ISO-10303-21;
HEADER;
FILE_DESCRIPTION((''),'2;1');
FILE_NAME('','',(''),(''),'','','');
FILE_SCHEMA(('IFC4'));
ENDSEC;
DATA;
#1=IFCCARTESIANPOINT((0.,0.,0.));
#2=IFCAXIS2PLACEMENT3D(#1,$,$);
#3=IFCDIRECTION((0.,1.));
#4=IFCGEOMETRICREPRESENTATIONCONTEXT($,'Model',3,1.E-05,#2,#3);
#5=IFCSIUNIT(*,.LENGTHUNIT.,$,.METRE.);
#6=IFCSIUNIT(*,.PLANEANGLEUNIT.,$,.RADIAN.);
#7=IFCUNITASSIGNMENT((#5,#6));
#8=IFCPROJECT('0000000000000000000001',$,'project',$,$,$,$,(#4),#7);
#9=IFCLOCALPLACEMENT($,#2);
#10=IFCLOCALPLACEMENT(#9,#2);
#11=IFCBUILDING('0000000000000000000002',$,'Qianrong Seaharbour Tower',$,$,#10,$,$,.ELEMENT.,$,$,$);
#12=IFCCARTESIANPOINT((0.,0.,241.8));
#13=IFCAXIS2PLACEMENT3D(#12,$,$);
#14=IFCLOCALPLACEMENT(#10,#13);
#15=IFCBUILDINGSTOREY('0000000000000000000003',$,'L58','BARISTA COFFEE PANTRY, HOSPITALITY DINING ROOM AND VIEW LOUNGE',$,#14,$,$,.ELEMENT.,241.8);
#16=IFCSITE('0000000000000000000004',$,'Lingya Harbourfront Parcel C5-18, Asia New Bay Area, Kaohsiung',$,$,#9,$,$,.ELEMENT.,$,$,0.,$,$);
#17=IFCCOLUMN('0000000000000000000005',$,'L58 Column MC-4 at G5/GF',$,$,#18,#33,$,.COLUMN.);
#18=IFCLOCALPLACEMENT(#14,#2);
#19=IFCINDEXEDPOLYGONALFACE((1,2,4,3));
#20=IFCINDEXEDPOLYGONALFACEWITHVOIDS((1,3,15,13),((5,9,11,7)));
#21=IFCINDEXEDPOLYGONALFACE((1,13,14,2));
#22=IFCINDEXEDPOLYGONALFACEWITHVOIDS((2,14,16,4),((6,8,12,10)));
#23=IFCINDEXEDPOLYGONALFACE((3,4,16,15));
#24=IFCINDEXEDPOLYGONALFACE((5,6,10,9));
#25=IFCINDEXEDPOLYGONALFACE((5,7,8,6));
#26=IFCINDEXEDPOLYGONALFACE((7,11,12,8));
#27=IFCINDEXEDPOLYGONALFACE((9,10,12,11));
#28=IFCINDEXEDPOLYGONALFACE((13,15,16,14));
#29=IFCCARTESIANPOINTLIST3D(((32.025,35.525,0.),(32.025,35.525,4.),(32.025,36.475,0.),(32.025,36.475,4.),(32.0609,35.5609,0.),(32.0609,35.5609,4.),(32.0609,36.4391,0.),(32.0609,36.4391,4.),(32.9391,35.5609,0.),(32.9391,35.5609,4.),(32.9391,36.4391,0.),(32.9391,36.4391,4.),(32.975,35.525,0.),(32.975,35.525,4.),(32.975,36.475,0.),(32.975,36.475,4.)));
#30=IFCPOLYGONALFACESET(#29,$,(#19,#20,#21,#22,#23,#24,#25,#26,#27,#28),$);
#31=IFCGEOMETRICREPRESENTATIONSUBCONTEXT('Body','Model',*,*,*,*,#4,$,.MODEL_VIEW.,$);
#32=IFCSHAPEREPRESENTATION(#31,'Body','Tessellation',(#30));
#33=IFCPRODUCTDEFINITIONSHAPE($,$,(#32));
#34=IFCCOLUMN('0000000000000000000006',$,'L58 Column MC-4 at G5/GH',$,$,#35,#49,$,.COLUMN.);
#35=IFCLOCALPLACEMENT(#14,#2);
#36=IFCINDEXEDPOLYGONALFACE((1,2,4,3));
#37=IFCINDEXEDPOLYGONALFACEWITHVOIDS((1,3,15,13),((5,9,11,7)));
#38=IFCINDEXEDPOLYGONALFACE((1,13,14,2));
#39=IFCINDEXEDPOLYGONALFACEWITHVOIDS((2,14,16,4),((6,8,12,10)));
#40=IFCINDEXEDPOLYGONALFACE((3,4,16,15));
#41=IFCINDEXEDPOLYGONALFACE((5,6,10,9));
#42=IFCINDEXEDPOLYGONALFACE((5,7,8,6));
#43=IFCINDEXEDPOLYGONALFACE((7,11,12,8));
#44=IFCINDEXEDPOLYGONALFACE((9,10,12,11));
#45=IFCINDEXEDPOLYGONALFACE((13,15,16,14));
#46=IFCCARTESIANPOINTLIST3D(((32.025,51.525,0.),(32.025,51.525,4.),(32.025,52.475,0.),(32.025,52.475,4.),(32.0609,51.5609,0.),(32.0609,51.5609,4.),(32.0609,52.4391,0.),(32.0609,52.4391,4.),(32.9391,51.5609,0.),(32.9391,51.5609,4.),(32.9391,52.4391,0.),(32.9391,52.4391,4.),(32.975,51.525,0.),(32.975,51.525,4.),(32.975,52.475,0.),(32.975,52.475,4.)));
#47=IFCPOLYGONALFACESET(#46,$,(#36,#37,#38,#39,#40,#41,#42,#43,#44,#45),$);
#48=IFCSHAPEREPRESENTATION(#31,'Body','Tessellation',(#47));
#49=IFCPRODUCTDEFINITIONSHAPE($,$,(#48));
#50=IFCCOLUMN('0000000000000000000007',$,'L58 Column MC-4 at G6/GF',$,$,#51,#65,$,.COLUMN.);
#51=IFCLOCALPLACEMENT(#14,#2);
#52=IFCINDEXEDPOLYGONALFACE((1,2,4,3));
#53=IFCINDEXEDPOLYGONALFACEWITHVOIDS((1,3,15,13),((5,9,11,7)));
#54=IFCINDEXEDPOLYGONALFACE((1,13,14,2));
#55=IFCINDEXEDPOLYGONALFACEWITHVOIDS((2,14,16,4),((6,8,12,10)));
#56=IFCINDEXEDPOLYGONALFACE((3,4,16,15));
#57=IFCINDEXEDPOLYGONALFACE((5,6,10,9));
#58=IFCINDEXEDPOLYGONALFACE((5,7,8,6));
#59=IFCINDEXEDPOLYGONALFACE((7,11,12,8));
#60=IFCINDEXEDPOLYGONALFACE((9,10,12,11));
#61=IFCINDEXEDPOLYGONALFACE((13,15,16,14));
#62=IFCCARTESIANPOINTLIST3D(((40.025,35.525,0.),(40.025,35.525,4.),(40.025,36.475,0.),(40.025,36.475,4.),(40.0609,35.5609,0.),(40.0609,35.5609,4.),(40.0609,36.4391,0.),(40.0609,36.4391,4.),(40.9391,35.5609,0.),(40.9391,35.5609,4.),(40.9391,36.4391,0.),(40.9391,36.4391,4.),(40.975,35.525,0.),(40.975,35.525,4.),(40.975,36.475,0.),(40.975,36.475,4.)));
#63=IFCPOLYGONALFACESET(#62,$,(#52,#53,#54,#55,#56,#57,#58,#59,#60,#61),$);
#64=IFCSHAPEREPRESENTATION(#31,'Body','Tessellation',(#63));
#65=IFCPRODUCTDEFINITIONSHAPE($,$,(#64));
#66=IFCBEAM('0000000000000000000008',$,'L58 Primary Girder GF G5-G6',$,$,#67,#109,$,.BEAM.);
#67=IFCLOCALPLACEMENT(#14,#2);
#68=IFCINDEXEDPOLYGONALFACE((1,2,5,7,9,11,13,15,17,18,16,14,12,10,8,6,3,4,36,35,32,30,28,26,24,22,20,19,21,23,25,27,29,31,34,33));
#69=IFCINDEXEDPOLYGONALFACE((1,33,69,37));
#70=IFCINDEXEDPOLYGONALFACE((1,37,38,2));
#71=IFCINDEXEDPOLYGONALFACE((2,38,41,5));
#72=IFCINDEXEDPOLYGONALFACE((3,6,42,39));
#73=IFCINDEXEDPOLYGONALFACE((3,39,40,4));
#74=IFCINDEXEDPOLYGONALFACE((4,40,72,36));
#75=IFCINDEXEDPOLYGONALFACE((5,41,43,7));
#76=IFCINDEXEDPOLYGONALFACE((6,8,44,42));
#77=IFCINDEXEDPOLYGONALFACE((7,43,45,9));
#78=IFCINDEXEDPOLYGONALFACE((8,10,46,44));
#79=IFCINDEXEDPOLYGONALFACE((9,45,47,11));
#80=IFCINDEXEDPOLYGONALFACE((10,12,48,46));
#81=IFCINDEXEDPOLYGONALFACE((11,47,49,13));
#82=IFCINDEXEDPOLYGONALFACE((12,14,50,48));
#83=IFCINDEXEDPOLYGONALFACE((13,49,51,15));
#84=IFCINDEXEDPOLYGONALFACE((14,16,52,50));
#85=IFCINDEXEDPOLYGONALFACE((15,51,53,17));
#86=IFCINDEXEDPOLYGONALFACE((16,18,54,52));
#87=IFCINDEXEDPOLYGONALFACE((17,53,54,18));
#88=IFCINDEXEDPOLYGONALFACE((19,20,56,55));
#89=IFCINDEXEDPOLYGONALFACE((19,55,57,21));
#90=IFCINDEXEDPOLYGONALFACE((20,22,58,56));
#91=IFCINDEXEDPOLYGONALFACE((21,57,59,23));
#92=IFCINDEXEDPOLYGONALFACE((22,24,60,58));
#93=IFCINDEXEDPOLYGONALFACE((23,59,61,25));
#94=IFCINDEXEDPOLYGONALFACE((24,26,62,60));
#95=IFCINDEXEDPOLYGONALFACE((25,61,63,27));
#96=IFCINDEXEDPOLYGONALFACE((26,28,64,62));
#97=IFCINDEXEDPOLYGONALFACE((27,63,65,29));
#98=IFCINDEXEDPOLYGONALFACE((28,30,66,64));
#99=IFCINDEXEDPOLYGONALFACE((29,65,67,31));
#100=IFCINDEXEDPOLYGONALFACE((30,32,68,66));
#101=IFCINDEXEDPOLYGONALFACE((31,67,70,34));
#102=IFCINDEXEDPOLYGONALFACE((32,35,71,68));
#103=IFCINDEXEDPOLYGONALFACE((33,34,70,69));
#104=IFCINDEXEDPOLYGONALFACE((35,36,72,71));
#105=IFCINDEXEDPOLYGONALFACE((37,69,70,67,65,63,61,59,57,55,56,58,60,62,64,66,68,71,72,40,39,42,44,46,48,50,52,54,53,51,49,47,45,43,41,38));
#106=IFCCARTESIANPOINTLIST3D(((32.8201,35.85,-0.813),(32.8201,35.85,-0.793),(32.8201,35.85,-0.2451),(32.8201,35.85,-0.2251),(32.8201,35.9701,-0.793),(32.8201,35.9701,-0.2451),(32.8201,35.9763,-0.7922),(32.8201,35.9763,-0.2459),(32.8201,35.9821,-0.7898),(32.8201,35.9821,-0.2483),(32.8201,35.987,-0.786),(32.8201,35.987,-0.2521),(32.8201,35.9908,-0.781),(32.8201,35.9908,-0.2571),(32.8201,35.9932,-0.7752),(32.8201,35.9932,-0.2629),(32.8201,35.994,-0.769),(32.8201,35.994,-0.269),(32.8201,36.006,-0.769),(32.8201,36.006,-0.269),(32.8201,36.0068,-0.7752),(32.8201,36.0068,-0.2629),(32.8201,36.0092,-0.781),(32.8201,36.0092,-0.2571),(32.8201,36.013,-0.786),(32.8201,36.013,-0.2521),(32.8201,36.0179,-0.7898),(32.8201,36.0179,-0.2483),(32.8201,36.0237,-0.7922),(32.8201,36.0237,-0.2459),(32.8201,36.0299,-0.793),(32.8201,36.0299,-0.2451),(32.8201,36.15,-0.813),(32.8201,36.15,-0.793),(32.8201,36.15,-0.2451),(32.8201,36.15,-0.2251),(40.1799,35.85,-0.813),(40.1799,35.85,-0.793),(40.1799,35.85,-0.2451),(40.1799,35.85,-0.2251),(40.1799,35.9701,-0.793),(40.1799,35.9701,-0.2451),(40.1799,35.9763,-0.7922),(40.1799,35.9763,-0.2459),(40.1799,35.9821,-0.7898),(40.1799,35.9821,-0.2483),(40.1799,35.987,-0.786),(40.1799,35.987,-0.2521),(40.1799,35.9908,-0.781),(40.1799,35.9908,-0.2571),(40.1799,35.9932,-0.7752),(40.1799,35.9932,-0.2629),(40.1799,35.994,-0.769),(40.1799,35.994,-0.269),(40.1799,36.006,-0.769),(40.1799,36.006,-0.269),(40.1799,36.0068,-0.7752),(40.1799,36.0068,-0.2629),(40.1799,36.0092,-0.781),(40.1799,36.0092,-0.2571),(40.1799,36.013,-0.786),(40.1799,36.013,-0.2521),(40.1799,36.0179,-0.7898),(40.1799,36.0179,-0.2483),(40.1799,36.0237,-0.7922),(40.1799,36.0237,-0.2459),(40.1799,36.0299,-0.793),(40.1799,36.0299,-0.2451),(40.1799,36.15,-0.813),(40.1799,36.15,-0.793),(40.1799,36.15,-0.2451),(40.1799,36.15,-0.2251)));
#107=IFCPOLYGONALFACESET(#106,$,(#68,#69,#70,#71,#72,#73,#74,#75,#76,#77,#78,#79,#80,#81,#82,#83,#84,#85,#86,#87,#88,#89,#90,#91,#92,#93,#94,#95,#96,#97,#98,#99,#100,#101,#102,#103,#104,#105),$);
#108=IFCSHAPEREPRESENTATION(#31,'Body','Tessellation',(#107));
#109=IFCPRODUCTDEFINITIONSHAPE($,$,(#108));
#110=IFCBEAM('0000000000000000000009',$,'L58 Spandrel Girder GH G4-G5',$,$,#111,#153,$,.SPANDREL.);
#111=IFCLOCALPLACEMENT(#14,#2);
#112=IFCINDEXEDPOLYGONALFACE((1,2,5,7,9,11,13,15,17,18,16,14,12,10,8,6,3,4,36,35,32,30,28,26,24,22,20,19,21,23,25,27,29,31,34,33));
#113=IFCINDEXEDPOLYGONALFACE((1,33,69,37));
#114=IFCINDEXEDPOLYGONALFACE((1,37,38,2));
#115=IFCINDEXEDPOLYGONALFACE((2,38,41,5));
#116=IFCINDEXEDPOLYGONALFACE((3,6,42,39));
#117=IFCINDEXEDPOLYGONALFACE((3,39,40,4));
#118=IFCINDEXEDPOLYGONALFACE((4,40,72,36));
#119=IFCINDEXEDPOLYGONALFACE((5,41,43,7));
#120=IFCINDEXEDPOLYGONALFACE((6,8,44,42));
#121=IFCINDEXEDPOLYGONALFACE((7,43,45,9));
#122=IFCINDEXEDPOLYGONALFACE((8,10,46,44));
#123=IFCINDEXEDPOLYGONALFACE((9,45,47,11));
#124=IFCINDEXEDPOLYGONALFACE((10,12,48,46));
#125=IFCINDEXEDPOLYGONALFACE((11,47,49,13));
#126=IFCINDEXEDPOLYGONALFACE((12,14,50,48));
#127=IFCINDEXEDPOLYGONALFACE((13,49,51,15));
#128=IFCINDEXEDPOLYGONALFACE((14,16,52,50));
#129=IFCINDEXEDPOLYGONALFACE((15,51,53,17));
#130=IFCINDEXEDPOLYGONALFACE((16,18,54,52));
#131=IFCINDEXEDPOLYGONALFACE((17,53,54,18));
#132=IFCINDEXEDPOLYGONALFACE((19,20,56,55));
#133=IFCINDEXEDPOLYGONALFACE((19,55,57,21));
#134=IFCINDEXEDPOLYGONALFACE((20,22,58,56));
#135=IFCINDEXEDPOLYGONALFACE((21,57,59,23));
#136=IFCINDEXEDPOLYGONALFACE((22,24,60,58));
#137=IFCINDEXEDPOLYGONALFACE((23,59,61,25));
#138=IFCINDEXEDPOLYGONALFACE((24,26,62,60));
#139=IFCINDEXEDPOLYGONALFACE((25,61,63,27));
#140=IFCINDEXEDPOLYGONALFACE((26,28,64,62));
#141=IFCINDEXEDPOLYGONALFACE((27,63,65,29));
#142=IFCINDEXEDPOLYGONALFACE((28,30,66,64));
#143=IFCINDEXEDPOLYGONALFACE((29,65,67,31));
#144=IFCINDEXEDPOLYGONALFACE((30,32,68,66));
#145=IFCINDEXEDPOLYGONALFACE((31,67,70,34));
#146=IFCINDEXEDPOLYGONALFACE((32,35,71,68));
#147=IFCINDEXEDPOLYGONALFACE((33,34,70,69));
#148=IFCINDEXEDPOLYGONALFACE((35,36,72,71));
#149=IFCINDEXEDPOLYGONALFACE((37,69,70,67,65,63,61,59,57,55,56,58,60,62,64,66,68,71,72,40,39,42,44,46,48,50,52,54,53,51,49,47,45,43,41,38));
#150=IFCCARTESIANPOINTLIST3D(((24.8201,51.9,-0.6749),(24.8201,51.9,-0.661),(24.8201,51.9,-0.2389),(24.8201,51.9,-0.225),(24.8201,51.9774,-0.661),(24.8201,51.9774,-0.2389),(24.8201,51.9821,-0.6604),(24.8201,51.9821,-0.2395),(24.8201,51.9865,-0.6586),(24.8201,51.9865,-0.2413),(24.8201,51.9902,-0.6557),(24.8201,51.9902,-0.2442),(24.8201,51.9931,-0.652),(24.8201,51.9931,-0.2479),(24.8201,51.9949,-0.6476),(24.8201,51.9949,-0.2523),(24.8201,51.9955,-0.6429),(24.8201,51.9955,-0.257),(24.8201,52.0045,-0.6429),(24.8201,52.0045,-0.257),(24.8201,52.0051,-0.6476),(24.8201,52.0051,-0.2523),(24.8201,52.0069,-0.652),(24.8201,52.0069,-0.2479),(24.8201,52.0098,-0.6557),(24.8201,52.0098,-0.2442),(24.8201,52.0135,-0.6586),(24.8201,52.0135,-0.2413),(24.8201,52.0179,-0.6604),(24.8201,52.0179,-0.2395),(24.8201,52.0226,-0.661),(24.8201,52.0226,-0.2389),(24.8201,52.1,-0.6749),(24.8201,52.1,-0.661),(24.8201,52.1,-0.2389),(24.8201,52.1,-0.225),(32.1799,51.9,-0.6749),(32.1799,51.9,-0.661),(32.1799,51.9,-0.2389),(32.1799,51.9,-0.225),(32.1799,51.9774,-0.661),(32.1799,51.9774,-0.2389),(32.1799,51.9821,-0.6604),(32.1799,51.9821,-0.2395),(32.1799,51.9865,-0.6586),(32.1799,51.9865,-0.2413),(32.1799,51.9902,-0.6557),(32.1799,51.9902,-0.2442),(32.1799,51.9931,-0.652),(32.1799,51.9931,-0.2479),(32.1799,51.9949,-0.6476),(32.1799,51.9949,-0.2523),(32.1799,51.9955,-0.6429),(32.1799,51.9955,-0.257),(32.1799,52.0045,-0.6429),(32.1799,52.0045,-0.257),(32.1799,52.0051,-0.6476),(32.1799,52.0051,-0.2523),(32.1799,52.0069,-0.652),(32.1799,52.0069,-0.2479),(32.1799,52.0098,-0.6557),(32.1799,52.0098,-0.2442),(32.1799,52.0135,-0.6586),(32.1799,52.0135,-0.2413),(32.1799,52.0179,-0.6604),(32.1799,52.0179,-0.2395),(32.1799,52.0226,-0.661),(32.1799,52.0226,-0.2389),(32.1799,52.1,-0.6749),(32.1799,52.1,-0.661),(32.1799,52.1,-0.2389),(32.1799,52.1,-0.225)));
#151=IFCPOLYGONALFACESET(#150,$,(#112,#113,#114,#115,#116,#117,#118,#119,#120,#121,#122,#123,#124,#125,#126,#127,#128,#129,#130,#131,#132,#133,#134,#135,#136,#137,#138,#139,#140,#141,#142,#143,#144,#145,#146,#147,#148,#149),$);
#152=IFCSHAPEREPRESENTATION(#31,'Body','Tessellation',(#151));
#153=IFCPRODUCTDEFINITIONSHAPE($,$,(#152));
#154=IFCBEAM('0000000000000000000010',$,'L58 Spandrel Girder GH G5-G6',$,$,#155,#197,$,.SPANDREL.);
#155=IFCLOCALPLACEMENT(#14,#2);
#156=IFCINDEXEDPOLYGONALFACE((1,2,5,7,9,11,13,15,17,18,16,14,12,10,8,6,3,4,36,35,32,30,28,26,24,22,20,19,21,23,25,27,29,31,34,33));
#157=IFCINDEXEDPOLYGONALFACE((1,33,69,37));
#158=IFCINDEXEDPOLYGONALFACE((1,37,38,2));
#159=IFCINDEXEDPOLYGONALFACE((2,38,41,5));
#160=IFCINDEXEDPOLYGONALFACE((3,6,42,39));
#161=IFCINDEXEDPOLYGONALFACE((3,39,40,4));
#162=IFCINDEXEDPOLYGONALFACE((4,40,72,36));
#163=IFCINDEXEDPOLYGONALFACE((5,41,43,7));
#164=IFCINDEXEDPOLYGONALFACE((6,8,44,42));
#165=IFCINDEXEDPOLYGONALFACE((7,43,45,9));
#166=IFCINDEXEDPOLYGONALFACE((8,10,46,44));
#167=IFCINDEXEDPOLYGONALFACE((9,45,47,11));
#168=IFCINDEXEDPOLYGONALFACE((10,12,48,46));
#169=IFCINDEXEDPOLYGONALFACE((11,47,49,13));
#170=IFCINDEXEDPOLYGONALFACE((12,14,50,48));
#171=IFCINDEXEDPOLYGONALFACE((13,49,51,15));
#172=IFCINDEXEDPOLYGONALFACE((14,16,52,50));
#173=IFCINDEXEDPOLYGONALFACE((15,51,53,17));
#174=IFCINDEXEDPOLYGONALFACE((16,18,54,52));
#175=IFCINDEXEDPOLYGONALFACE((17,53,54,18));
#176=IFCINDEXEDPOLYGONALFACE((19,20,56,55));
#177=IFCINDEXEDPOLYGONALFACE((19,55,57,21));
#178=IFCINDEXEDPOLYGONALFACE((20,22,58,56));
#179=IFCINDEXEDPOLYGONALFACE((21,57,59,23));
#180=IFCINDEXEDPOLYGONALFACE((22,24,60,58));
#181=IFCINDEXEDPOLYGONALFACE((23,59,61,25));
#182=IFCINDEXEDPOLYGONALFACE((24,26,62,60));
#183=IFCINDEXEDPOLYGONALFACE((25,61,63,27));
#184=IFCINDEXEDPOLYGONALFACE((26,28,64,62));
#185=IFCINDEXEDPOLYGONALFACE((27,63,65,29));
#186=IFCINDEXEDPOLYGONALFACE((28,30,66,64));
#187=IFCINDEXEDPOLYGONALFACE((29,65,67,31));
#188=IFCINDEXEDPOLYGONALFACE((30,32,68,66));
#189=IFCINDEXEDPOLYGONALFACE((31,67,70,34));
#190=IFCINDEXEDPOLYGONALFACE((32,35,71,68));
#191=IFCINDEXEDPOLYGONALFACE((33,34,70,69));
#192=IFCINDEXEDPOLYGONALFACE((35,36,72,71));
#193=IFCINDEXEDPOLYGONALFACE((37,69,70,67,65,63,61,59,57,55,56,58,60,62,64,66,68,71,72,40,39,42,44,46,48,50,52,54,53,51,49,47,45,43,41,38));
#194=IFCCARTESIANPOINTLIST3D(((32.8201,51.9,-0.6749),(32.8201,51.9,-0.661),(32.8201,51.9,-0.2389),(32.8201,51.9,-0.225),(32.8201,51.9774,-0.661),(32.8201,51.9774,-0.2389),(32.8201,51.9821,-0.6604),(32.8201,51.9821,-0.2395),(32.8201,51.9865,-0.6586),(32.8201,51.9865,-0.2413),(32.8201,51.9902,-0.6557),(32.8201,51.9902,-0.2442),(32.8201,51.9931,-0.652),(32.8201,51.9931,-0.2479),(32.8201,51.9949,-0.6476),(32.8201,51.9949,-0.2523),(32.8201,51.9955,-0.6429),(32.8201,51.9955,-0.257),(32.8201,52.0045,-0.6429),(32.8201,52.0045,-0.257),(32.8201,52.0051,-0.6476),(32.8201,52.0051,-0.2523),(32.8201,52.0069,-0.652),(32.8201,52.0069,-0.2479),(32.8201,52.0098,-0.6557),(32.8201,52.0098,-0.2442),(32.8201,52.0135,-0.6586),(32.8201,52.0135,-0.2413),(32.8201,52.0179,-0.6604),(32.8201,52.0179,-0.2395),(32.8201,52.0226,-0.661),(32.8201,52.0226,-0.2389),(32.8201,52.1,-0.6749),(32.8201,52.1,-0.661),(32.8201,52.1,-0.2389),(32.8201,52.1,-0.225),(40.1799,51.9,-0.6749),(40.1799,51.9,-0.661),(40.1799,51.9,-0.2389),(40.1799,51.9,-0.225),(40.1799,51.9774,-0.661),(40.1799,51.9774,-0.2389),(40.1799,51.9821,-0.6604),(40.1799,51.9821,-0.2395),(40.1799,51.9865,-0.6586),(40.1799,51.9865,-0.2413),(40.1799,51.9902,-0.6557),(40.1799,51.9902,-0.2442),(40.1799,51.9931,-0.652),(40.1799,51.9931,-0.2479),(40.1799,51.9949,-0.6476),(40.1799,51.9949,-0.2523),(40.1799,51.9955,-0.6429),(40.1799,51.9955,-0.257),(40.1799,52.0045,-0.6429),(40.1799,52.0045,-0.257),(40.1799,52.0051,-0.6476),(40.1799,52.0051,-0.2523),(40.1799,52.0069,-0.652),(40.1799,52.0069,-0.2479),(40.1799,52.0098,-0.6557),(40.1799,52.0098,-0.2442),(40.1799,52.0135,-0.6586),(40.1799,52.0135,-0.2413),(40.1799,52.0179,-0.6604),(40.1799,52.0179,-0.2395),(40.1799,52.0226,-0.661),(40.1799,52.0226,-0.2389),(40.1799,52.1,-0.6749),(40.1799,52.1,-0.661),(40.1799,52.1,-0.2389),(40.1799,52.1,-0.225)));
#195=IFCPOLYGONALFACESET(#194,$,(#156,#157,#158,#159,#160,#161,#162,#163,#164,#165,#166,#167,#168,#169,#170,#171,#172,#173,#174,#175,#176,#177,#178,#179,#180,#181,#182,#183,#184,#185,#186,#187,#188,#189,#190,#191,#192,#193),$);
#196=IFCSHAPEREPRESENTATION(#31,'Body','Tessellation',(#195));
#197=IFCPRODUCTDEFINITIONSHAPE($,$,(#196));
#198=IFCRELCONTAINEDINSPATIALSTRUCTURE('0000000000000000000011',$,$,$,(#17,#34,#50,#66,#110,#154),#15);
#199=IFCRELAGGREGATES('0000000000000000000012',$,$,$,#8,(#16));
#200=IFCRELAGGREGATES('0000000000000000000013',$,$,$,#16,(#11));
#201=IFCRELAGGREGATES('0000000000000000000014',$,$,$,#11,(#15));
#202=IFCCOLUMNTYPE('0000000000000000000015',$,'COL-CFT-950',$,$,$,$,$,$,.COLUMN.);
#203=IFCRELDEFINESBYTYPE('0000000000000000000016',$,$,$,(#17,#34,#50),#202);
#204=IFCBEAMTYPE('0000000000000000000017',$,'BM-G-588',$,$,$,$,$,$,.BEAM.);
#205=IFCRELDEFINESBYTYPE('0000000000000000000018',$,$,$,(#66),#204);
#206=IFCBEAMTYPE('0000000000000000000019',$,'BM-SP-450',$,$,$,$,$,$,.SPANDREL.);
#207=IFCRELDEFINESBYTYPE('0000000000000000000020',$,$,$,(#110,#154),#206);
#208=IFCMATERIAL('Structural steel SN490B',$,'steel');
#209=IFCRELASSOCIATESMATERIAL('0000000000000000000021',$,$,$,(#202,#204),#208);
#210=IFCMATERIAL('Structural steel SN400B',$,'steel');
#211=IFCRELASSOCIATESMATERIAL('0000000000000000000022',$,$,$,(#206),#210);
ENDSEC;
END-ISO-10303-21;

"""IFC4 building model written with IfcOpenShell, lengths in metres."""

from ifc_helpers import new_model, si_unit, direction, frame, origin, origin_2d, place, context, subcontext, project, spatial, hollow_rectangle, i_section, extrude, material, material_profile, profile_set, type_object, element, save


model = new_model("IFC4")

# Units and contexts
model_context = context("Model", 3, precision=1e-05, world=origin(), true_north=direction((0.0, 1.0)))
body_context = subcontext(model_context, "Body", "Model", "MODEL_VIEW")
ifc_project = project(units=[si_unit("LENGTHUNIT", "METRE"), si_unit("PLANEANGLEUNIT", "RADIAN")], contexts=[model_context])

# Site, building, storey
site_placement = place(None, origin())
site = spatial("IfcSite", under=ifc_project, at=site_placement, Name="Lingya Harbourfront Parcel C5-18, Asia New Bay Area, Kaohsiung", CompositionType="ELEMENT", RefElevation=0.0)
building_placement = place(site_placement, origin())
building = spatial("IfcBuilding", under=site, at=building_placement, Name="Qianrong Seaharbour Tower", CompositionType="ELEMENT")
storey_placement = place(building_placement, frame((0.0, 0.0, 241.8)))
storey = spatial("IfcBuildingStorey", under=building, at=storey_placement, Name="L58", Description="BARISTA COFFEE PANTRY, HOSPITALITY DINING ROOM AND VIEW LOUNGE", CompositionType="ELEMENT", Elevation=241.8)

# Columns
ifc_material_1 = material(Name="Structural steel SN490B", Category="steel")
ifc_material_profile_1 = material_profile(ifc_material_1, hollow_rectangle(XDim=0.95, YDim=0.95, WallThickness=0.0359, at=origin_2d()), Name="BOX950x950x36")
ifc_profile_set_1 = profile_set([ifc_material_profile_1], Name="Structural steel SN490B")
column_type = type_object("IfcColumnType", Name="COL-CFT-950", PredefinedType="COLUMN", material=ifc_profile_set_1)
for number, where, z_axis, x_axis, name in (
    (1, (32.5, 36.0, 0.0), (0.0, 0.0, 1.0), (1.0, 0.0, 0.0), "L58 Column MC-4 at G5/GF"),
    (2, (32.5, 52.0, 0.0), (0.0, 0.0, 1.0), (1.0, 0.0, 0.0), "L58 Column MC-4 at G5/GH"),
    (3, (40.5, 36.0, 0.0), (0.0, 0.0, 1.0), (1.0, 0.0, 0.0), "L58 Column MC-4 at G6/GF"),
):
    element("IfcColumn", number, at=place(storey_placement, frame(where, z_axis=z_axis, x_axis=x_axis)), inside=storey, type_object=column_type, Name=name, PredefinedType="COLUMN", context=body_context, shape_type="SweptSolid", body=[
        extrude(hollow_rectangle(XDim=0.95, YDim=0.95, WallThickness=0.0359, at=origin_2d()), origin(), (0.0, 0.0, 1.0), 4.0),
    ])

# Beams
ifc_material_profile_2 = material_profile(ifc_material_1, i_section(OverallWidth=0.3, OverallDepth=0.5879, WebThickness=0.012, FlangeThickness=0.02, FilletRadius=0.0239, at=origin_2d()), Name="H588x300x12x20")
ifc_profile_set_2 = profile_set([ifc_material_profile_2], Name="Structural steel SN490B")
beam_type_1 = type_object("IfcBeamType", Name="BM-G-588", PredefinedType="BEAM", material=ifc_profile_set_2)
beam_placement = place(storey_placement, frame((32.8201, 36.0, -0.519), z_axis=(1.0, 0.0, 0.0), x_axis=(0.0, 1.0, 0.0)))
element("IfcBeam", 4, at=beam_placement, inside=storey, type_object=beam_type_1, Name="L58 Primary Girder GF G5-G6", PredefinedType="BEAM", context=body_context, shape_type="SweptSolid", body=[
    extrude(i_section(OverallWidth=0.3, OverallDepth=0.5879, WebThickness=0.012, FlangeThickness=0.02, FilletRadius=0.0239, at=origin_2d()), origin(), (0.0, 0.0, 1.0), 7.3599),
])
ifc_material_2 = material(Name="Structural steel SN400B", Category="steel")
ifc_material_profile_3 = material_profile(ifc_material_2, i_section(OverallWidth=0.2, OverallDepth=0.45, WebThickness=0.009, FlangeThickness=0.0139, FilletRadius=0.0181, at=origin_2d()), Name="H450x200x9x14")
ifc_profile_set_3 = profile_set([ifc_material_profile_3], Name="Structural steel SN400B")
beam_type_2 = type_object("IfcBeamType", Name="BM-SP-450", PredefinedType="SPANDREL", material=ifc_profile_set_3)
for number, where, z_axis, x_axis, name in (
    (5, (24.8201, 52.0, -0.45), (1.0, 0.0, 0.0), (0.0, 1.0, 0.0), "L58 Spandrel Girder GH G4-G5"),
    (6, (32.8201, 52.0, -0.45), (1.0, 0.0, 0.0), (0.0, 1.0, 0.0), "L58 Spandrel Girder GH G5-G6"),
):
    element("IfcBeam", number, at=place(storey_placement, frame(where, z_axis=z_axis, x_axis=x_axis)), inside=storey, type_object=beam_type_2, Name=name, PredefinedType="SPANDREL", context=body_context, shape_type="SweptSolid", body=[
        extrude(i_section(OverallWidth=0.2, OverallDepth=0.45, WebThickness=0.009, FlangeThickness=0.0139, FilletRadius=0.0181, at=origin_2d()), origin(), (0.0, 0.0, 1.0), 7.3599),
    ])

save(model, "model.ifc")
